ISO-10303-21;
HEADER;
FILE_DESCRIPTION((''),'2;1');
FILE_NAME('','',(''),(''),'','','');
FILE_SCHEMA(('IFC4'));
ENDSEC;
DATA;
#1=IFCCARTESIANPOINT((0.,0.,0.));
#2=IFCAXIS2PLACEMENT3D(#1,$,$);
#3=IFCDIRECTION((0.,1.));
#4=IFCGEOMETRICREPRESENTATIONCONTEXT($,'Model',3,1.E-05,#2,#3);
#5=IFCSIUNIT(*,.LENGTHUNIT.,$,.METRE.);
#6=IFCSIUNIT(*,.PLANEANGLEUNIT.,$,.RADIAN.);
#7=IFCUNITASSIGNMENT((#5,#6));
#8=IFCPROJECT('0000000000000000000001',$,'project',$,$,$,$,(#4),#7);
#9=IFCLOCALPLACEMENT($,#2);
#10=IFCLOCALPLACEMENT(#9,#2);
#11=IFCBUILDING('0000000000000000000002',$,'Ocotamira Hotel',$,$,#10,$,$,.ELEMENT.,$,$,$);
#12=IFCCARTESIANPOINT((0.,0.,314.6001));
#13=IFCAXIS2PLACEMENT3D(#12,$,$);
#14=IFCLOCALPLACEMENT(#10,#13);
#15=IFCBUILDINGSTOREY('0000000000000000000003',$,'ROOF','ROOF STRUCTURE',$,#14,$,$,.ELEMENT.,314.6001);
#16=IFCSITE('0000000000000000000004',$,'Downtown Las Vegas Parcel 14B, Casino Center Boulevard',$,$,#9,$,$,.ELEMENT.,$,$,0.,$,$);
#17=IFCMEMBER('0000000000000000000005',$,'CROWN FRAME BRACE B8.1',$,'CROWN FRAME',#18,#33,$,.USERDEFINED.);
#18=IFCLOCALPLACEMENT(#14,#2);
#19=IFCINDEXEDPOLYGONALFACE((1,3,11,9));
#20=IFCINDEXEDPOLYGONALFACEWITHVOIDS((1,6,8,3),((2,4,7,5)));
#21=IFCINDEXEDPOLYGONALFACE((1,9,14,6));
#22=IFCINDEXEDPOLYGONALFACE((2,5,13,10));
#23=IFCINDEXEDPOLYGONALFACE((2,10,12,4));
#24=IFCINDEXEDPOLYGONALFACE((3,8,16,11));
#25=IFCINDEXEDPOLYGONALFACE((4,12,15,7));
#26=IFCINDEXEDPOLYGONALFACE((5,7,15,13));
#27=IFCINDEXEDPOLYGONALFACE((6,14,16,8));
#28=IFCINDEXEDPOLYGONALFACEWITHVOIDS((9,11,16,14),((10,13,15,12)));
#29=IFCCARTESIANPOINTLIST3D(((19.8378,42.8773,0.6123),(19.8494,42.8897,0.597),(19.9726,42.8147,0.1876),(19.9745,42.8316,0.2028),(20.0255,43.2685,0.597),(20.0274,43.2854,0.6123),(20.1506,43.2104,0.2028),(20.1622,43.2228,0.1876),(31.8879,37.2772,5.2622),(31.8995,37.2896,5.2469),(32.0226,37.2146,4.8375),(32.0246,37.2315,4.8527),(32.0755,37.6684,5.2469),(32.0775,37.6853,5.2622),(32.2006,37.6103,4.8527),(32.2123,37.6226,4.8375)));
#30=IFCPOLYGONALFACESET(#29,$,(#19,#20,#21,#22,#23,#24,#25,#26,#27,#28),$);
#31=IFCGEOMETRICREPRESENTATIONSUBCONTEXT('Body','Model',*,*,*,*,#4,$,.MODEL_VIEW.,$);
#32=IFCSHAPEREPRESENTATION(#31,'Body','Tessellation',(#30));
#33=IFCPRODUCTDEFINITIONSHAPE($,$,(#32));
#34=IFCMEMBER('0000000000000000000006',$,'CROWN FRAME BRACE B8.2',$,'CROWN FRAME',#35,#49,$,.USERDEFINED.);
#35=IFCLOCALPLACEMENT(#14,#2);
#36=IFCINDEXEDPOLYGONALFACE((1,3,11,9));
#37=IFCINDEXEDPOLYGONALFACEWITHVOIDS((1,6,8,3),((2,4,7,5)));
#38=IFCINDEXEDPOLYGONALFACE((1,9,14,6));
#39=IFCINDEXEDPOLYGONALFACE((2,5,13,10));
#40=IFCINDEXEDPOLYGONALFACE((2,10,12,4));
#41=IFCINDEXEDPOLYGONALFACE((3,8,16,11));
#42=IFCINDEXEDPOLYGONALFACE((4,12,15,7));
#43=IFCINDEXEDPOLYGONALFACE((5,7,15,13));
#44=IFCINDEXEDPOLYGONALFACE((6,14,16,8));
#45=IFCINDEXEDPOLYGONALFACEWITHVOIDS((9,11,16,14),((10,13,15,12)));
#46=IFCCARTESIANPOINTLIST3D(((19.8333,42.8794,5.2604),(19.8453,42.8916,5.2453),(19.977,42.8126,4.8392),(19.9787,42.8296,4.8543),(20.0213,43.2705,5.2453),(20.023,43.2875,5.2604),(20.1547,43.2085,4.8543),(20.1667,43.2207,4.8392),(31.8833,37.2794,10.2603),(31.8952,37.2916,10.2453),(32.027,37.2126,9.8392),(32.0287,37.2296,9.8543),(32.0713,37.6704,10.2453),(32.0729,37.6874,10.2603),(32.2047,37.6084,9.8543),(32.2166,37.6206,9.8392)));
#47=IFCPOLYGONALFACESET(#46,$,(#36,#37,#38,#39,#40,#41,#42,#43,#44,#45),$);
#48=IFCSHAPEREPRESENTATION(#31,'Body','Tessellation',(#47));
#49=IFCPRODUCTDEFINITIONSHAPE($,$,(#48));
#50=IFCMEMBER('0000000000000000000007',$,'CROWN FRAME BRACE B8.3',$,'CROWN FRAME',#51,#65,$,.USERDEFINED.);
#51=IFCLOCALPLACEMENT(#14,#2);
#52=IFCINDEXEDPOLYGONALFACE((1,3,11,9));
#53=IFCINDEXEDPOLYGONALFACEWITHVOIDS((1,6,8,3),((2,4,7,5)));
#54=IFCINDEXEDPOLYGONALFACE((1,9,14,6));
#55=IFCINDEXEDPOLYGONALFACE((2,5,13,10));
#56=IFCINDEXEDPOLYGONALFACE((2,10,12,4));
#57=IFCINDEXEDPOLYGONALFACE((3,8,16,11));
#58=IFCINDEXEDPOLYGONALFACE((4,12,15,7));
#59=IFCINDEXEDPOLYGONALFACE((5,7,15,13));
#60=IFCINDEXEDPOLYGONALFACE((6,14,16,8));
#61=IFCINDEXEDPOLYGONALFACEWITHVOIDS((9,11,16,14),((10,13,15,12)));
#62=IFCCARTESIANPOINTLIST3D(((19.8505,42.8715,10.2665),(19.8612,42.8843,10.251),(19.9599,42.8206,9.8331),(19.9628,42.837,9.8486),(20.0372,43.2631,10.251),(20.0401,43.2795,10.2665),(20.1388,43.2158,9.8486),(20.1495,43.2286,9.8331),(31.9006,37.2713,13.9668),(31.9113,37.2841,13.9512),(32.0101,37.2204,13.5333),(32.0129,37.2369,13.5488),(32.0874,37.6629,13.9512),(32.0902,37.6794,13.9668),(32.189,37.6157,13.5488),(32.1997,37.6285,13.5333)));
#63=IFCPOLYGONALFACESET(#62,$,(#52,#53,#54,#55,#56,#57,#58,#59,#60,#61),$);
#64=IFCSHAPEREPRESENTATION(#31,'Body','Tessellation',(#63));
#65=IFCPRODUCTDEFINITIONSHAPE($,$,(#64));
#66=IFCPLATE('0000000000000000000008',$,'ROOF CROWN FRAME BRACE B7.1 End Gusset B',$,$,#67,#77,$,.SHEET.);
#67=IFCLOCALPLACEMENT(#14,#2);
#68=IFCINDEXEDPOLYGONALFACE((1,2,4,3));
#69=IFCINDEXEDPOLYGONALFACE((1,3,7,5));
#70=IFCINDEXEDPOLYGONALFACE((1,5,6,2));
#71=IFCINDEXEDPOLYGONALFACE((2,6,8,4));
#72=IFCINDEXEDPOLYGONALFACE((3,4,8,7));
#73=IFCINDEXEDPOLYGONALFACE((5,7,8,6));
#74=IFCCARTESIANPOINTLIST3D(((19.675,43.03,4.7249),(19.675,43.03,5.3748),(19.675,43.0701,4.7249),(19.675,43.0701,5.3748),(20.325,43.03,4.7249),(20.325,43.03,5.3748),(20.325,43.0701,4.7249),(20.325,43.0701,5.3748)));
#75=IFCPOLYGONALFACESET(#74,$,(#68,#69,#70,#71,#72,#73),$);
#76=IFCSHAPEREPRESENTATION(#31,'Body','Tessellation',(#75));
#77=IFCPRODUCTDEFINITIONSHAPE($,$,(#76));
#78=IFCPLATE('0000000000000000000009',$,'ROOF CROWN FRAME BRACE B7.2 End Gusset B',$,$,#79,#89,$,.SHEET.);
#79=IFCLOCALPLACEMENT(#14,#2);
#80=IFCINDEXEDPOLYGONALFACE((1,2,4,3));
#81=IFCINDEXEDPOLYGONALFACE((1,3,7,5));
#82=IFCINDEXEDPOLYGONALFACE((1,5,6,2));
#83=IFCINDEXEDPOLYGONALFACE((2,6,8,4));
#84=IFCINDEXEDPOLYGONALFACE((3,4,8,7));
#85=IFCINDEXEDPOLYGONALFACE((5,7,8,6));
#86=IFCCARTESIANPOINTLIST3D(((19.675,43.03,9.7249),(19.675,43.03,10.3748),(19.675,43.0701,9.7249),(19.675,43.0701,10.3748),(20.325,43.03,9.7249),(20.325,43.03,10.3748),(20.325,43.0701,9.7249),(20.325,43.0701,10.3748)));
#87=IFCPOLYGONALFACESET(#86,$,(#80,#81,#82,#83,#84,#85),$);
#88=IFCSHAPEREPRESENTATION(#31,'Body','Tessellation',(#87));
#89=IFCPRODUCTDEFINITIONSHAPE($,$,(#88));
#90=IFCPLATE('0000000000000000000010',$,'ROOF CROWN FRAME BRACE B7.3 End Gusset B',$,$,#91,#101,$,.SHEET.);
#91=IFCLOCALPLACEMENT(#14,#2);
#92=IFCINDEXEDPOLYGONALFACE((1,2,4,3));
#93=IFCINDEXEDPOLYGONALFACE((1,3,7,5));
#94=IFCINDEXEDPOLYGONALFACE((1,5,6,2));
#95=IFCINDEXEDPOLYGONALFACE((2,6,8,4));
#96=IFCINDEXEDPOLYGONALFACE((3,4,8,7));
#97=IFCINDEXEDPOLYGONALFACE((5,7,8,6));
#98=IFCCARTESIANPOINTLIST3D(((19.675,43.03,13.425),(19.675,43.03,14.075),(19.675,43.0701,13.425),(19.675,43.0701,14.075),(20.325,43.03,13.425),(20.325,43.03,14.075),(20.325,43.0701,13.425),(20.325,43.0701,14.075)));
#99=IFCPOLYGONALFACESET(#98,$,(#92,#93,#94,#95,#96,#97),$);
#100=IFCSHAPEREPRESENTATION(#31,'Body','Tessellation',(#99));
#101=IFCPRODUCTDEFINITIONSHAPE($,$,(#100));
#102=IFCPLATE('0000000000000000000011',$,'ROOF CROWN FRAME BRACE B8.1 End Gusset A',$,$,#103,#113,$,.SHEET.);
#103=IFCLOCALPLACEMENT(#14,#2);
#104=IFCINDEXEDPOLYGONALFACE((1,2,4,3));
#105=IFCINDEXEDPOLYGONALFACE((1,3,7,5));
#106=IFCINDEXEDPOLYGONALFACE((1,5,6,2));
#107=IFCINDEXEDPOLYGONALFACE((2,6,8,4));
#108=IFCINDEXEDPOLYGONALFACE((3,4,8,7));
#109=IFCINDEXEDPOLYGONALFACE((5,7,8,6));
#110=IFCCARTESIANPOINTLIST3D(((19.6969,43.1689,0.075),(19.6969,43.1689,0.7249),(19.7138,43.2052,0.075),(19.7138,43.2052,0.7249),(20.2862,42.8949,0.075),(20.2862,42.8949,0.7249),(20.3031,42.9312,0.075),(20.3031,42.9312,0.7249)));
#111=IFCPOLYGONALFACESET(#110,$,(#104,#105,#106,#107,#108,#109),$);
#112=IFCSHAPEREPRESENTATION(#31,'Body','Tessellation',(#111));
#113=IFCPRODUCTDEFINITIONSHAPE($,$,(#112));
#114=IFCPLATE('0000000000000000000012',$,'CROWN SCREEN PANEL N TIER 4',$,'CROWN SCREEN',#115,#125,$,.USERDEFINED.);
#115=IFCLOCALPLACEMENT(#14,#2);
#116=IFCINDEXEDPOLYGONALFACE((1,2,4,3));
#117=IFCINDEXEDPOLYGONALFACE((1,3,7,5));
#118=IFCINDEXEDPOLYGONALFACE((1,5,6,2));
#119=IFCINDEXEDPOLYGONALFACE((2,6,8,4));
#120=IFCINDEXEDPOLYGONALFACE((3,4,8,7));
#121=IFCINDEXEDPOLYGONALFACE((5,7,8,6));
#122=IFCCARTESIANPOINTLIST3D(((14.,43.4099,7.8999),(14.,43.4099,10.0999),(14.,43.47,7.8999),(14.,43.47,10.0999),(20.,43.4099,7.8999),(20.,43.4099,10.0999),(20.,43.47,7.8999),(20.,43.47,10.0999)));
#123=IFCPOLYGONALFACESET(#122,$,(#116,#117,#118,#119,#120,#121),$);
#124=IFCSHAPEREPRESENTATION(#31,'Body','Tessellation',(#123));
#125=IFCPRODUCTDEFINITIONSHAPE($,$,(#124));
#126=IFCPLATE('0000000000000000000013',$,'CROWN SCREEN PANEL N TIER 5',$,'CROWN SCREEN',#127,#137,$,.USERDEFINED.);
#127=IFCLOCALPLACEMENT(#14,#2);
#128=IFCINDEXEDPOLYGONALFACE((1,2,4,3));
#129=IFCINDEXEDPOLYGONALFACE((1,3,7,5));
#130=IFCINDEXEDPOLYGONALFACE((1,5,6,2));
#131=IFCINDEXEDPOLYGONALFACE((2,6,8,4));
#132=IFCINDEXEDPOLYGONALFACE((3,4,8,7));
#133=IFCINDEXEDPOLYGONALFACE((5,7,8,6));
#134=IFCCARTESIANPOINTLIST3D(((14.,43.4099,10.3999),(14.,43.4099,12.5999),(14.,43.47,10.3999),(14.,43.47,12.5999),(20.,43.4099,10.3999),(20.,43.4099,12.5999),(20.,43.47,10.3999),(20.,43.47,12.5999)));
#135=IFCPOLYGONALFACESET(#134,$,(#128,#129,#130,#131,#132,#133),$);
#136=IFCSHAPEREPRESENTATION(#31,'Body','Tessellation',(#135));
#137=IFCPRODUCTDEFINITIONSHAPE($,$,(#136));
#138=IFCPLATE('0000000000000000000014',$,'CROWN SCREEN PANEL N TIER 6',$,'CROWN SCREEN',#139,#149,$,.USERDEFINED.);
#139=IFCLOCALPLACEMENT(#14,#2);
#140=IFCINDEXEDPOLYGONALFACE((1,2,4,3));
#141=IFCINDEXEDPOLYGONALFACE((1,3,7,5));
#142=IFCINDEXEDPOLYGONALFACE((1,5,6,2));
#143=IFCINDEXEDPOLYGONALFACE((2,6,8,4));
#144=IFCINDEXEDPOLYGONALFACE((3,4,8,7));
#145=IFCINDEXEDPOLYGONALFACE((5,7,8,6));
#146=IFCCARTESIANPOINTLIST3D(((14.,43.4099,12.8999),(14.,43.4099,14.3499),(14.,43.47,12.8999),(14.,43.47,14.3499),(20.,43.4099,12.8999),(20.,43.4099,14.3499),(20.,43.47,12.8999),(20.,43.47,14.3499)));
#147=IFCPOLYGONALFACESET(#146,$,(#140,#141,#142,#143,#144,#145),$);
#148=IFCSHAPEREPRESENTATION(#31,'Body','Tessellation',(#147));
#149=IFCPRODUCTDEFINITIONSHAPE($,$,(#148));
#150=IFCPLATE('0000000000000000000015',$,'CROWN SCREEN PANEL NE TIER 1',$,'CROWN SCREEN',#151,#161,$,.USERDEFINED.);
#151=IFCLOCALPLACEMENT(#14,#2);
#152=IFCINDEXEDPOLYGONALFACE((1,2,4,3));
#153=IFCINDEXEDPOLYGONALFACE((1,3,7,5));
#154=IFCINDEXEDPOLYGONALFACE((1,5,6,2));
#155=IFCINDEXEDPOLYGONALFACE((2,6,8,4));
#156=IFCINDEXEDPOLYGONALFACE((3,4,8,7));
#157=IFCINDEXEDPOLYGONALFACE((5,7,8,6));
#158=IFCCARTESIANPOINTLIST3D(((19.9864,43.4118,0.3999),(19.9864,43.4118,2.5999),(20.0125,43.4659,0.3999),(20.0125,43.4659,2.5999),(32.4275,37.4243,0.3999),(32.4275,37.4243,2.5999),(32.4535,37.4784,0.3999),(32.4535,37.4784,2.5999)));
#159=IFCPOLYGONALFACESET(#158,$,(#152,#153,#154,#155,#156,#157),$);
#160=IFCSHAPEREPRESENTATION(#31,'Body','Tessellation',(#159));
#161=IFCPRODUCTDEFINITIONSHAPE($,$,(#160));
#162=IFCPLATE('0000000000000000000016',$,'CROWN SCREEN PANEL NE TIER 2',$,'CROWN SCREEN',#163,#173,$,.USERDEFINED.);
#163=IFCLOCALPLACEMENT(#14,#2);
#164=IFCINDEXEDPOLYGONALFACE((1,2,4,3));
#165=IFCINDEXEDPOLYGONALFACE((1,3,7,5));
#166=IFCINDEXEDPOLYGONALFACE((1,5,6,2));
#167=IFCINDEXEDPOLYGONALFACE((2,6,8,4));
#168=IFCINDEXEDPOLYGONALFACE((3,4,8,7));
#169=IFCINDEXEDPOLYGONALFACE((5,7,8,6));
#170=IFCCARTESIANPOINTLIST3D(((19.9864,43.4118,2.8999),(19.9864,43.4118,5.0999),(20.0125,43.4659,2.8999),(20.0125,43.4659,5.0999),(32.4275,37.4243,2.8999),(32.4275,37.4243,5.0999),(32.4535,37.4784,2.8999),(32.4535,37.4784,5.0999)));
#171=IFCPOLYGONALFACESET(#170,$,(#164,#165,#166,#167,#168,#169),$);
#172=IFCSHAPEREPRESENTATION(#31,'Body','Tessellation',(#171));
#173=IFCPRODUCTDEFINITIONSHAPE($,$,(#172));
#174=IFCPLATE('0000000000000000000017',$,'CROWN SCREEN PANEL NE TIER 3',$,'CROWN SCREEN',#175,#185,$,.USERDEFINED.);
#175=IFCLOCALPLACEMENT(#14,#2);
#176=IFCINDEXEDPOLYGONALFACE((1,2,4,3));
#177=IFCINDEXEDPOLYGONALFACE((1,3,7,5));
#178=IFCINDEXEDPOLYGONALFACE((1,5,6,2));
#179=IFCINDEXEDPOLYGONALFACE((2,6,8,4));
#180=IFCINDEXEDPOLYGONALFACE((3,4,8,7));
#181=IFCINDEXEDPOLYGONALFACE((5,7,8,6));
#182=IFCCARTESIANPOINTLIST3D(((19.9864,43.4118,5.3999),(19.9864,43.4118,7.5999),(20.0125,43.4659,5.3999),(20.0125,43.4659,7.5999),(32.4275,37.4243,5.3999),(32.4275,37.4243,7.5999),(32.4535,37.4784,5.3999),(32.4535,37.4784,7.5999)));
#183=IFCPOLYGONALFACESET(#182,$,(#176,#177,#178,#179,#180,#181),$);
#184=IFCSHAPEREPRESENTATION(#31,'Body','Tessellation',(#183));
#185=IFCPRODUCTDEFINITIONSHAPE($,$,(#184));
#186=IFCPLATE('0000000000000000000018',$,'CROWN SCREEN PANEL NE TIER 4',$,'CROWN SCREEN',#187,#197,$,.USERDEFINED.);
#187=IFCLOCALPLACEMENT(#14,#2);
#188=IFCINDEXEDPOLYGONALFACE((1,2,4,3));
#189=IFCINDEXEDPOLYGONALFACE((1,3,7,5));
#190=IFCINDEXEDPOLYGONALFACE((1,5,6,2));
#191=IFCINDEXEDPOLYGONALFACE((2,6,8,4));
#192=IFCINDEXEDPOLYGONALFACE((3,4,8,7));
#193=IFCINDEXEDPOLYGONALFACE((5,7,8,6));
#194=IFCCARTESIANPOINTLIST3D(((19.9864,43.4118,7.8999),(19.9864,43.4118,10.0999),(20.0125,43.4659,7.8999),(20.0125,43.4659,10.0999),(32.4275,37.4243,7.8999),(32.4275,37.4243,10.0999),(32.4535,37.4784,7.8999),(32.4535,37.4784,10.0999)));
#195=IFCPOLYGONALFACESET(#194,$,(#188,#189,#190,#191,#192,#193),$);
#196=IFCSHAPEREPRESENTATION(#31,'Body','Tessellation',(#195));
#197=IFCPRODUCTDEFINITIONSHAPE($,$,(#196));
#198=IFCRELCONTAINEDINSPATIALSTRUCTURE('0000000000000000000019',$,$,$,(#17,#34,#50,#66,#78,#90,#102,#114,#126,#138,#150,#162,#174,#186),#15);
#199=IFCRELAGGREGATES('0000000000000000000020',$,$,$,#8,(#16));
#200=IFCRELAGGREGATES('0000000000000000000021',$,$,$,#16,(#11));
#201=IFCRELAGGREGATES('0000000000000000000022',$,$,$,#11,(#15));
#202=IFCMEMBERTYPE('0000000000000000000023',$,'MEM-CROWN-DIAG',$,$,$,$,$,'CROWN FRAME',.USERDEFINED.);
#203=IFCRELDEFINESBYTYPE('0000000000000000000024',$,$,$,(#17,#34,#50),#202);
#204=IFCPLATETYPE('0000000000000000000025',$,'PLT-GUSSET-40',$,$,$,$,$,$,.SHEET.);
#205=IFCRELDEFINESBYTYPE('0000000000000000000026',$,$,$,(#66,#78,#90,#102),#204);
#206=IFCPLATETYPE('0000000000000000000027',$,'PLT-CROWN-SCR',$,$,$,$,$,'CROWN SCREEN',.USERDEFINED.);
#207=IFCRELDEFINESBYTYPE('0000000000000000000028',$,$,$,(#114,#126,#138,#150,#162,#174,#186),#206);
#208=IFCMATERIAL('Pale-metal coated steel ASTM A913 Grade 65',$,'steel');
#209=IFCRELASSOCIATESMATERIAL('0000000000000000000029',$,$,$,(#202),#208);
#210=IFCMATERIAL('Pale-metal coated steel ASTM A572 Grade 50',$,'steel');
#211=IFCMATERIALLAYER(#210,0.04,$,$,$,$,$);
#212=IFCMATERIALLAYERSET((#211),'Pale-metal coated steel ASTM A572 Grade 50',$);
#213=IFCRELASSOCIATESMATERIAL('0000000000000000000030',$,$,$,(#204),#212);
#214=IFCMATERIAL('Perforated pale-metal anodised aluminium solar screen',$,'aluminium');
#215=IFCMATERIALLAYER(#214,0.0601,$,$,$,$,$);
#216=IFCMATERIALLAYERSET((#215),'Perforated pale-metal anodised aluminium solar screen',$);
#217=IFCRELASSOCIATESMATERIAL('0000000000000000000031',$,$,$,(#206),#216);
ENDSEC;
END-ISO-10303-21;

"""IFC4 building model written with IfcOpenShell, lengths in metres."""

from ifc_helpers import new_model, si_unit, direction, frame, origin, origin_2d, place, context, subcontext, project, spatial, rectangle, hollow_rectangle, extrude, source, transform, mapped, material, layer, layer_set, material_profile, profile_set, type_object, element, save


model = new_model("IFC4")

# Units and contexts
model_context = context("Model", 3, precision=1e-05, world=origin(), true_north=direction((0.0, 1.0)))
body_context = subcontext(model_context, "Body", "Model", "MODEL_VIEW")
ifc_project = project(units=[si_unit("LENGTHUNIT", "METRE"), si_unit("PLANEANGLEUNIT", "RADIAN")], contexts=[model_context])

# Site, building, storey
site_placement = place(None, origin())
site = spatial("IfcSite", under=ifc_project, at=site_placement, Name="Downtown Las Vegas Parcel 14B, Casino Center Boulevard", CompositionType="ELEMENT", RefElevation=0.0)
building_placement = place(site_placement, origin())
building = spatial("IfcBuilding", under=site, at=building_placement, Name="Ocotamira Hotel", CompositionType="ELEMENT")
storey_placement = place(building_placement, frame((0.0, 0.0, 314.6001)))
storey = spatial("IfcBuildingStorey", under=building, at=storey_placement, Name="ROOF", Description="ROOF STRUCTURE", CompositionType="ELEMENT", Elevation=314.6001)

# Shared definitions
ifc_material_1 = material(Name="Pale-metal coated steel ASTM A913 Grade 65", Category="steel")

# Members
ifc_material_profile_1 = material_profile(ifc_material_1, hollow_rectangle(XDim=0.45, YDim=0.45, WallThickness=0.0161, at=origin_2d()), Name="HSS450X450X16")
ifc_profile_set_1 = profile_set([ifc_material_profile_1], Name="Pale-metal coated steel ASTM A913 Grade 65")
member_type = type_object("IfcMemberType", Name="MEM-CROWN-DIAG", ElementType="CROWN FRAME", PredefinedType="USERDEFINED", material=ifc_profile_set_1)
shared_shape_1 = source(origin(), body_context, "Body", "SweptSolid", [
    extrude(hollow_rectangle(XDim=0.45, YDim=0.45, WallThickness=0.0161, at=origin_2d()), origin(), (0.0, 0.0, 1.0), 14.0779),
])
member_1_placement = place(storey_placement, frame((20.0, 43.05, 0.3999), z_axis=(0.855957, -0.397794, 0.330299), x_axis=(0.421448, 0.906853, 0.0)))
element("IfcMember", 1, at=member_1_placement, inside=storey, type_object=member_type, Name="CROWN FRAME BRACE B8.1", ObjectType="CROWN FRAME", PredefinedType="USERDEFINED", context=body_context, shape_type="MappedRepresentation", body=[
    mapped(shared_shape_1, transform((0.0, 0.0, 0.0), scale=1.0)),
])
shared_shape_2 = source(origin(), body_context, "Body", "SweptSolid", [
    extrude(hollow_rectangle(XDim=0.45, YDim=0.45, WallThickness=0.0161, at=origin_2d()), origin(), (0.0, 0.0, 1.0), 14.1973),
])
member_2_placement = place(storey_placement, frame((20.0, 43.05, 5.0498), z_axis=(0.848753, -0.394447, 0.352178), x_axis=(0.421448, 0.906853, 0.0)))
element("IfcMember", 2, at=member_2_placement, inside=storey, type_object=member_type, Name="CROWN FRAME BRACE B8.2", ObjectType="CROWN FRAME", PredefinedType="USERDEFINED", context=body_context, shape_type="MappedRepresentation", body=[
    mapped(shared_shape_2, transform((0.0, 0.0, 0.0), scale=1.0)),
])
shared_shape_3 = source(origin(), body_context, "Body", "SweptSolid", [
    extrude(hollow_rectangle(XDim=0.45, YDim=0.45, WallThickness=0.0161, at=origin_2d()), origin(), (0.0, 0.0, 1.0), 13.7935),
])
member_3_placement = place(storey_placement, frame((20.0, 43.05, 10.0498), z_axis=(0.873614, -0.406, 0.26826), x_axis=(0.421448, 0.906853, 0.0)))
element("IfcMember", 3, at=member_3_placement, inside=storey, type_object=member_type, Name="CROWN FRAME BRACE B8.3", ObjectType="CROWN FRAME", PredefinedType="USERDEFINED", context=body_context, shape_type="MappedRepresentation", body=[
    mapped(shared_shape_3, transform((0.0, 0.0, 0.0), scale=1.0)),
])

# Plates
ifc_material_2 = material(Name="Pale-metal coated steel ASTM A572 Grade 50", Category="steel")
ifc_layer_1 = layer(ifc_material_2, 0.04)
ifc_layer_set_1 = layer_set([ifc_layer_1], Name="Pale-metal coated steel ASTM A572 Grade 50")
plate_type_1 = type_object("IfcPlateType", Name="PLT-GUSSET-40", PredefinedType="SHEET", material=ifc_layer_set_1)
shared_shape_4 = source(origin(), body_context, "Body", "SweptSolid", [
    extrude(rectangle(XDim=0.6499, YDim=0.04, at=origin_2d()), origin(), (0.0, 0.0, 1.0), 0.6499),
])
for number, where, z_axis, x_axis, name in (
    (4, (20.0, 43.05, 4.7249), (0.0, 0.0, 1.0), (1.0, 0.0, 0.0), "ROOF CROWN FRAME BRACE B7.1 End Gusset B"),
    (5, (20.0, 43.05, 9.7249), (0.0, 0.0, 1.0), (1.0, 0.0, 0.0), "ROOF CROWN FRAME BRACE B7.2 End Gusset B"),
    (6, (20.0, 43.05, 13.425), (0.0, 0.0, 1.0), (1.0, 0.0, 0.0), "ROOF CROWN FRAME BRACE B7.3 End Gusset B"),
    (7, (20.0, 43.05, 0.075), (0.0, 0.0, 1.0), (0.906823, -0.421511, 0.0), "ROOF CROWN FRAME BRACE B8.1 End Gusset A"),
):
    element("IfcPlate", number, at=place(storey_placement, frame(where, z_axis=z_axis, x_axis=x_axis)), inside=storey, type_object=plate_type_1, Name=name, PredefinedType="SHEET", context=body_context, shape_type="MappedRepresentation", body=[
        mapped(shared_shape_4, transform((0.0, 0.0, 0.0), scale=1.0)),
    ])
ifc_material_3 = material(Name="Perforated pale-metal anodised aluminium solar screen", Category="aluminium")
ifc_layer_2 = layer(ifc_material_3, 0.0601)
ifc_layer_set_2 = layer_set([ifc_layer_2], Name="Perforated pale-metal anodised aluminium solar screen")
plate_type_2 = type_object("IfcPlateType", Name="PLT-CROWN-SCR", ElementType="CROWN SCREEN", PredefinedType="USERDEFINED", material=ifc_layer_set_2)
shared_shape_5 = source(origin(), body_context, "Body", "SweptSolid", [
    extrude(rectangle(XDim=6.0, YDim=0.0601, at=origin_2d()), origin(), (0.0, 0.0, 1.0), 2.2),
])
for number, where, z_axis, x_axis, name in (
    (8, (17.0, 43.4399, 7.8999), (0.0, 0.0, 1.0), (1.0, 0.0, 0.0), "CROWN SCREEN PANEL N TIER 4"),
    (9, (17.0, 43.4399, 10.3999), (0.0, 0.0, 1.0), (1.0, 0.0, 0.0), "CROWN SCREEN PANEL N TIER 5"),
):
    element("IfcPlate", number, at=place(storey_placement, frame(where, z_axis=z_axis, x_axis=x_axis)), inside=storey, type_object=plate_type_2, Name=name, ObjectType="CROWN SCREEN", PredefinedType="USERDEFINED", context=body_context, shape_type="MappedRepresentation", body=[
        mapped(shared_shape_5, transform((0.0, 0.0, 0.0), scale=1.0)),
    ])
shared_shape_6 = source(origin(), body_context, "Body", "SweptSolid", [
    extrude(rectangle(XDim=6.0, YDim=0.0601, at=origin_2d()), origin(), (0.0, 0.0, 1.0), 1.45),
])
plate_1_placement = place(storey_placement, frame((17.0, 43.4399, 12.8999), z_axis=(0.0, 0.0, 1.0), x_axis=(1.0, 0.0, 0.0)))
element("IfcPlate", 10, at=plate_1_placement, inside=storey, type_object=plate_type_2, Name="CROWN SCREEN PANEL N TIER 6", ObjectType="CROWN SCREEN", PredefinedType="USERDEFINED", context=body_context, shape_type="MappedRepresentation", body=[
    mapped(shared_shape_6, transform((0.0, 0.0, 0.0), scale=1.0)),
])
shared_shape_7 = source(origin(), body_context, "Body", "SweptSolid", [
    extrude(rectangle(XDim=13.8069, YDim=0.0601, at=origin_2d()), origin(), (0.0, 0.0, 1.0), 2.2),
])
for number, where, z_axis, x_axis, name in (
    (11, (26.22, 40.4451, 0.3999), (0.0, 0.0, 1.0), (0.901077, -0.433659, 0.0), "CROWN SCREEN PANEL NE TIER 1"),
    (12, (26.22, 40.4451, 2.8999), (0.0, 0.0, 1.0), (0.901077, -0.433659, 0.0), "CROWN SCREEN PANEL NE TIER 2"),
    (13, (26.22, 40.4451, 5.3999), (0.0, 0.0, 1.0), (0.901077, -0.433659, 0.0), "CROWN SCREEN PANEL NE TIER 3"),
    (14, (26.22, 40.4451, 7.8999), (0.0, 0.0, 1.0), (0.901077, -0.433659, 0.0), "CROWN SCREEN PANEL NE TIER 4"),
):
    element("IfcPlate", number, at=place(storey_placement, frame(where, z_axis=z_axis, x_axis=x_axis)), inside=storey, type_object=plate_type_2, Name=name, ObjectType="CROWN SCREEN", PredefinedType="USERDEFINED", context=body_context, shape_type="MappedRepresentation", body=[
        mapped(shared_shape_7, transform((0.0, 0.0, 0.0), scale=1.0)),
    ])

save(model, "model.ifc")
